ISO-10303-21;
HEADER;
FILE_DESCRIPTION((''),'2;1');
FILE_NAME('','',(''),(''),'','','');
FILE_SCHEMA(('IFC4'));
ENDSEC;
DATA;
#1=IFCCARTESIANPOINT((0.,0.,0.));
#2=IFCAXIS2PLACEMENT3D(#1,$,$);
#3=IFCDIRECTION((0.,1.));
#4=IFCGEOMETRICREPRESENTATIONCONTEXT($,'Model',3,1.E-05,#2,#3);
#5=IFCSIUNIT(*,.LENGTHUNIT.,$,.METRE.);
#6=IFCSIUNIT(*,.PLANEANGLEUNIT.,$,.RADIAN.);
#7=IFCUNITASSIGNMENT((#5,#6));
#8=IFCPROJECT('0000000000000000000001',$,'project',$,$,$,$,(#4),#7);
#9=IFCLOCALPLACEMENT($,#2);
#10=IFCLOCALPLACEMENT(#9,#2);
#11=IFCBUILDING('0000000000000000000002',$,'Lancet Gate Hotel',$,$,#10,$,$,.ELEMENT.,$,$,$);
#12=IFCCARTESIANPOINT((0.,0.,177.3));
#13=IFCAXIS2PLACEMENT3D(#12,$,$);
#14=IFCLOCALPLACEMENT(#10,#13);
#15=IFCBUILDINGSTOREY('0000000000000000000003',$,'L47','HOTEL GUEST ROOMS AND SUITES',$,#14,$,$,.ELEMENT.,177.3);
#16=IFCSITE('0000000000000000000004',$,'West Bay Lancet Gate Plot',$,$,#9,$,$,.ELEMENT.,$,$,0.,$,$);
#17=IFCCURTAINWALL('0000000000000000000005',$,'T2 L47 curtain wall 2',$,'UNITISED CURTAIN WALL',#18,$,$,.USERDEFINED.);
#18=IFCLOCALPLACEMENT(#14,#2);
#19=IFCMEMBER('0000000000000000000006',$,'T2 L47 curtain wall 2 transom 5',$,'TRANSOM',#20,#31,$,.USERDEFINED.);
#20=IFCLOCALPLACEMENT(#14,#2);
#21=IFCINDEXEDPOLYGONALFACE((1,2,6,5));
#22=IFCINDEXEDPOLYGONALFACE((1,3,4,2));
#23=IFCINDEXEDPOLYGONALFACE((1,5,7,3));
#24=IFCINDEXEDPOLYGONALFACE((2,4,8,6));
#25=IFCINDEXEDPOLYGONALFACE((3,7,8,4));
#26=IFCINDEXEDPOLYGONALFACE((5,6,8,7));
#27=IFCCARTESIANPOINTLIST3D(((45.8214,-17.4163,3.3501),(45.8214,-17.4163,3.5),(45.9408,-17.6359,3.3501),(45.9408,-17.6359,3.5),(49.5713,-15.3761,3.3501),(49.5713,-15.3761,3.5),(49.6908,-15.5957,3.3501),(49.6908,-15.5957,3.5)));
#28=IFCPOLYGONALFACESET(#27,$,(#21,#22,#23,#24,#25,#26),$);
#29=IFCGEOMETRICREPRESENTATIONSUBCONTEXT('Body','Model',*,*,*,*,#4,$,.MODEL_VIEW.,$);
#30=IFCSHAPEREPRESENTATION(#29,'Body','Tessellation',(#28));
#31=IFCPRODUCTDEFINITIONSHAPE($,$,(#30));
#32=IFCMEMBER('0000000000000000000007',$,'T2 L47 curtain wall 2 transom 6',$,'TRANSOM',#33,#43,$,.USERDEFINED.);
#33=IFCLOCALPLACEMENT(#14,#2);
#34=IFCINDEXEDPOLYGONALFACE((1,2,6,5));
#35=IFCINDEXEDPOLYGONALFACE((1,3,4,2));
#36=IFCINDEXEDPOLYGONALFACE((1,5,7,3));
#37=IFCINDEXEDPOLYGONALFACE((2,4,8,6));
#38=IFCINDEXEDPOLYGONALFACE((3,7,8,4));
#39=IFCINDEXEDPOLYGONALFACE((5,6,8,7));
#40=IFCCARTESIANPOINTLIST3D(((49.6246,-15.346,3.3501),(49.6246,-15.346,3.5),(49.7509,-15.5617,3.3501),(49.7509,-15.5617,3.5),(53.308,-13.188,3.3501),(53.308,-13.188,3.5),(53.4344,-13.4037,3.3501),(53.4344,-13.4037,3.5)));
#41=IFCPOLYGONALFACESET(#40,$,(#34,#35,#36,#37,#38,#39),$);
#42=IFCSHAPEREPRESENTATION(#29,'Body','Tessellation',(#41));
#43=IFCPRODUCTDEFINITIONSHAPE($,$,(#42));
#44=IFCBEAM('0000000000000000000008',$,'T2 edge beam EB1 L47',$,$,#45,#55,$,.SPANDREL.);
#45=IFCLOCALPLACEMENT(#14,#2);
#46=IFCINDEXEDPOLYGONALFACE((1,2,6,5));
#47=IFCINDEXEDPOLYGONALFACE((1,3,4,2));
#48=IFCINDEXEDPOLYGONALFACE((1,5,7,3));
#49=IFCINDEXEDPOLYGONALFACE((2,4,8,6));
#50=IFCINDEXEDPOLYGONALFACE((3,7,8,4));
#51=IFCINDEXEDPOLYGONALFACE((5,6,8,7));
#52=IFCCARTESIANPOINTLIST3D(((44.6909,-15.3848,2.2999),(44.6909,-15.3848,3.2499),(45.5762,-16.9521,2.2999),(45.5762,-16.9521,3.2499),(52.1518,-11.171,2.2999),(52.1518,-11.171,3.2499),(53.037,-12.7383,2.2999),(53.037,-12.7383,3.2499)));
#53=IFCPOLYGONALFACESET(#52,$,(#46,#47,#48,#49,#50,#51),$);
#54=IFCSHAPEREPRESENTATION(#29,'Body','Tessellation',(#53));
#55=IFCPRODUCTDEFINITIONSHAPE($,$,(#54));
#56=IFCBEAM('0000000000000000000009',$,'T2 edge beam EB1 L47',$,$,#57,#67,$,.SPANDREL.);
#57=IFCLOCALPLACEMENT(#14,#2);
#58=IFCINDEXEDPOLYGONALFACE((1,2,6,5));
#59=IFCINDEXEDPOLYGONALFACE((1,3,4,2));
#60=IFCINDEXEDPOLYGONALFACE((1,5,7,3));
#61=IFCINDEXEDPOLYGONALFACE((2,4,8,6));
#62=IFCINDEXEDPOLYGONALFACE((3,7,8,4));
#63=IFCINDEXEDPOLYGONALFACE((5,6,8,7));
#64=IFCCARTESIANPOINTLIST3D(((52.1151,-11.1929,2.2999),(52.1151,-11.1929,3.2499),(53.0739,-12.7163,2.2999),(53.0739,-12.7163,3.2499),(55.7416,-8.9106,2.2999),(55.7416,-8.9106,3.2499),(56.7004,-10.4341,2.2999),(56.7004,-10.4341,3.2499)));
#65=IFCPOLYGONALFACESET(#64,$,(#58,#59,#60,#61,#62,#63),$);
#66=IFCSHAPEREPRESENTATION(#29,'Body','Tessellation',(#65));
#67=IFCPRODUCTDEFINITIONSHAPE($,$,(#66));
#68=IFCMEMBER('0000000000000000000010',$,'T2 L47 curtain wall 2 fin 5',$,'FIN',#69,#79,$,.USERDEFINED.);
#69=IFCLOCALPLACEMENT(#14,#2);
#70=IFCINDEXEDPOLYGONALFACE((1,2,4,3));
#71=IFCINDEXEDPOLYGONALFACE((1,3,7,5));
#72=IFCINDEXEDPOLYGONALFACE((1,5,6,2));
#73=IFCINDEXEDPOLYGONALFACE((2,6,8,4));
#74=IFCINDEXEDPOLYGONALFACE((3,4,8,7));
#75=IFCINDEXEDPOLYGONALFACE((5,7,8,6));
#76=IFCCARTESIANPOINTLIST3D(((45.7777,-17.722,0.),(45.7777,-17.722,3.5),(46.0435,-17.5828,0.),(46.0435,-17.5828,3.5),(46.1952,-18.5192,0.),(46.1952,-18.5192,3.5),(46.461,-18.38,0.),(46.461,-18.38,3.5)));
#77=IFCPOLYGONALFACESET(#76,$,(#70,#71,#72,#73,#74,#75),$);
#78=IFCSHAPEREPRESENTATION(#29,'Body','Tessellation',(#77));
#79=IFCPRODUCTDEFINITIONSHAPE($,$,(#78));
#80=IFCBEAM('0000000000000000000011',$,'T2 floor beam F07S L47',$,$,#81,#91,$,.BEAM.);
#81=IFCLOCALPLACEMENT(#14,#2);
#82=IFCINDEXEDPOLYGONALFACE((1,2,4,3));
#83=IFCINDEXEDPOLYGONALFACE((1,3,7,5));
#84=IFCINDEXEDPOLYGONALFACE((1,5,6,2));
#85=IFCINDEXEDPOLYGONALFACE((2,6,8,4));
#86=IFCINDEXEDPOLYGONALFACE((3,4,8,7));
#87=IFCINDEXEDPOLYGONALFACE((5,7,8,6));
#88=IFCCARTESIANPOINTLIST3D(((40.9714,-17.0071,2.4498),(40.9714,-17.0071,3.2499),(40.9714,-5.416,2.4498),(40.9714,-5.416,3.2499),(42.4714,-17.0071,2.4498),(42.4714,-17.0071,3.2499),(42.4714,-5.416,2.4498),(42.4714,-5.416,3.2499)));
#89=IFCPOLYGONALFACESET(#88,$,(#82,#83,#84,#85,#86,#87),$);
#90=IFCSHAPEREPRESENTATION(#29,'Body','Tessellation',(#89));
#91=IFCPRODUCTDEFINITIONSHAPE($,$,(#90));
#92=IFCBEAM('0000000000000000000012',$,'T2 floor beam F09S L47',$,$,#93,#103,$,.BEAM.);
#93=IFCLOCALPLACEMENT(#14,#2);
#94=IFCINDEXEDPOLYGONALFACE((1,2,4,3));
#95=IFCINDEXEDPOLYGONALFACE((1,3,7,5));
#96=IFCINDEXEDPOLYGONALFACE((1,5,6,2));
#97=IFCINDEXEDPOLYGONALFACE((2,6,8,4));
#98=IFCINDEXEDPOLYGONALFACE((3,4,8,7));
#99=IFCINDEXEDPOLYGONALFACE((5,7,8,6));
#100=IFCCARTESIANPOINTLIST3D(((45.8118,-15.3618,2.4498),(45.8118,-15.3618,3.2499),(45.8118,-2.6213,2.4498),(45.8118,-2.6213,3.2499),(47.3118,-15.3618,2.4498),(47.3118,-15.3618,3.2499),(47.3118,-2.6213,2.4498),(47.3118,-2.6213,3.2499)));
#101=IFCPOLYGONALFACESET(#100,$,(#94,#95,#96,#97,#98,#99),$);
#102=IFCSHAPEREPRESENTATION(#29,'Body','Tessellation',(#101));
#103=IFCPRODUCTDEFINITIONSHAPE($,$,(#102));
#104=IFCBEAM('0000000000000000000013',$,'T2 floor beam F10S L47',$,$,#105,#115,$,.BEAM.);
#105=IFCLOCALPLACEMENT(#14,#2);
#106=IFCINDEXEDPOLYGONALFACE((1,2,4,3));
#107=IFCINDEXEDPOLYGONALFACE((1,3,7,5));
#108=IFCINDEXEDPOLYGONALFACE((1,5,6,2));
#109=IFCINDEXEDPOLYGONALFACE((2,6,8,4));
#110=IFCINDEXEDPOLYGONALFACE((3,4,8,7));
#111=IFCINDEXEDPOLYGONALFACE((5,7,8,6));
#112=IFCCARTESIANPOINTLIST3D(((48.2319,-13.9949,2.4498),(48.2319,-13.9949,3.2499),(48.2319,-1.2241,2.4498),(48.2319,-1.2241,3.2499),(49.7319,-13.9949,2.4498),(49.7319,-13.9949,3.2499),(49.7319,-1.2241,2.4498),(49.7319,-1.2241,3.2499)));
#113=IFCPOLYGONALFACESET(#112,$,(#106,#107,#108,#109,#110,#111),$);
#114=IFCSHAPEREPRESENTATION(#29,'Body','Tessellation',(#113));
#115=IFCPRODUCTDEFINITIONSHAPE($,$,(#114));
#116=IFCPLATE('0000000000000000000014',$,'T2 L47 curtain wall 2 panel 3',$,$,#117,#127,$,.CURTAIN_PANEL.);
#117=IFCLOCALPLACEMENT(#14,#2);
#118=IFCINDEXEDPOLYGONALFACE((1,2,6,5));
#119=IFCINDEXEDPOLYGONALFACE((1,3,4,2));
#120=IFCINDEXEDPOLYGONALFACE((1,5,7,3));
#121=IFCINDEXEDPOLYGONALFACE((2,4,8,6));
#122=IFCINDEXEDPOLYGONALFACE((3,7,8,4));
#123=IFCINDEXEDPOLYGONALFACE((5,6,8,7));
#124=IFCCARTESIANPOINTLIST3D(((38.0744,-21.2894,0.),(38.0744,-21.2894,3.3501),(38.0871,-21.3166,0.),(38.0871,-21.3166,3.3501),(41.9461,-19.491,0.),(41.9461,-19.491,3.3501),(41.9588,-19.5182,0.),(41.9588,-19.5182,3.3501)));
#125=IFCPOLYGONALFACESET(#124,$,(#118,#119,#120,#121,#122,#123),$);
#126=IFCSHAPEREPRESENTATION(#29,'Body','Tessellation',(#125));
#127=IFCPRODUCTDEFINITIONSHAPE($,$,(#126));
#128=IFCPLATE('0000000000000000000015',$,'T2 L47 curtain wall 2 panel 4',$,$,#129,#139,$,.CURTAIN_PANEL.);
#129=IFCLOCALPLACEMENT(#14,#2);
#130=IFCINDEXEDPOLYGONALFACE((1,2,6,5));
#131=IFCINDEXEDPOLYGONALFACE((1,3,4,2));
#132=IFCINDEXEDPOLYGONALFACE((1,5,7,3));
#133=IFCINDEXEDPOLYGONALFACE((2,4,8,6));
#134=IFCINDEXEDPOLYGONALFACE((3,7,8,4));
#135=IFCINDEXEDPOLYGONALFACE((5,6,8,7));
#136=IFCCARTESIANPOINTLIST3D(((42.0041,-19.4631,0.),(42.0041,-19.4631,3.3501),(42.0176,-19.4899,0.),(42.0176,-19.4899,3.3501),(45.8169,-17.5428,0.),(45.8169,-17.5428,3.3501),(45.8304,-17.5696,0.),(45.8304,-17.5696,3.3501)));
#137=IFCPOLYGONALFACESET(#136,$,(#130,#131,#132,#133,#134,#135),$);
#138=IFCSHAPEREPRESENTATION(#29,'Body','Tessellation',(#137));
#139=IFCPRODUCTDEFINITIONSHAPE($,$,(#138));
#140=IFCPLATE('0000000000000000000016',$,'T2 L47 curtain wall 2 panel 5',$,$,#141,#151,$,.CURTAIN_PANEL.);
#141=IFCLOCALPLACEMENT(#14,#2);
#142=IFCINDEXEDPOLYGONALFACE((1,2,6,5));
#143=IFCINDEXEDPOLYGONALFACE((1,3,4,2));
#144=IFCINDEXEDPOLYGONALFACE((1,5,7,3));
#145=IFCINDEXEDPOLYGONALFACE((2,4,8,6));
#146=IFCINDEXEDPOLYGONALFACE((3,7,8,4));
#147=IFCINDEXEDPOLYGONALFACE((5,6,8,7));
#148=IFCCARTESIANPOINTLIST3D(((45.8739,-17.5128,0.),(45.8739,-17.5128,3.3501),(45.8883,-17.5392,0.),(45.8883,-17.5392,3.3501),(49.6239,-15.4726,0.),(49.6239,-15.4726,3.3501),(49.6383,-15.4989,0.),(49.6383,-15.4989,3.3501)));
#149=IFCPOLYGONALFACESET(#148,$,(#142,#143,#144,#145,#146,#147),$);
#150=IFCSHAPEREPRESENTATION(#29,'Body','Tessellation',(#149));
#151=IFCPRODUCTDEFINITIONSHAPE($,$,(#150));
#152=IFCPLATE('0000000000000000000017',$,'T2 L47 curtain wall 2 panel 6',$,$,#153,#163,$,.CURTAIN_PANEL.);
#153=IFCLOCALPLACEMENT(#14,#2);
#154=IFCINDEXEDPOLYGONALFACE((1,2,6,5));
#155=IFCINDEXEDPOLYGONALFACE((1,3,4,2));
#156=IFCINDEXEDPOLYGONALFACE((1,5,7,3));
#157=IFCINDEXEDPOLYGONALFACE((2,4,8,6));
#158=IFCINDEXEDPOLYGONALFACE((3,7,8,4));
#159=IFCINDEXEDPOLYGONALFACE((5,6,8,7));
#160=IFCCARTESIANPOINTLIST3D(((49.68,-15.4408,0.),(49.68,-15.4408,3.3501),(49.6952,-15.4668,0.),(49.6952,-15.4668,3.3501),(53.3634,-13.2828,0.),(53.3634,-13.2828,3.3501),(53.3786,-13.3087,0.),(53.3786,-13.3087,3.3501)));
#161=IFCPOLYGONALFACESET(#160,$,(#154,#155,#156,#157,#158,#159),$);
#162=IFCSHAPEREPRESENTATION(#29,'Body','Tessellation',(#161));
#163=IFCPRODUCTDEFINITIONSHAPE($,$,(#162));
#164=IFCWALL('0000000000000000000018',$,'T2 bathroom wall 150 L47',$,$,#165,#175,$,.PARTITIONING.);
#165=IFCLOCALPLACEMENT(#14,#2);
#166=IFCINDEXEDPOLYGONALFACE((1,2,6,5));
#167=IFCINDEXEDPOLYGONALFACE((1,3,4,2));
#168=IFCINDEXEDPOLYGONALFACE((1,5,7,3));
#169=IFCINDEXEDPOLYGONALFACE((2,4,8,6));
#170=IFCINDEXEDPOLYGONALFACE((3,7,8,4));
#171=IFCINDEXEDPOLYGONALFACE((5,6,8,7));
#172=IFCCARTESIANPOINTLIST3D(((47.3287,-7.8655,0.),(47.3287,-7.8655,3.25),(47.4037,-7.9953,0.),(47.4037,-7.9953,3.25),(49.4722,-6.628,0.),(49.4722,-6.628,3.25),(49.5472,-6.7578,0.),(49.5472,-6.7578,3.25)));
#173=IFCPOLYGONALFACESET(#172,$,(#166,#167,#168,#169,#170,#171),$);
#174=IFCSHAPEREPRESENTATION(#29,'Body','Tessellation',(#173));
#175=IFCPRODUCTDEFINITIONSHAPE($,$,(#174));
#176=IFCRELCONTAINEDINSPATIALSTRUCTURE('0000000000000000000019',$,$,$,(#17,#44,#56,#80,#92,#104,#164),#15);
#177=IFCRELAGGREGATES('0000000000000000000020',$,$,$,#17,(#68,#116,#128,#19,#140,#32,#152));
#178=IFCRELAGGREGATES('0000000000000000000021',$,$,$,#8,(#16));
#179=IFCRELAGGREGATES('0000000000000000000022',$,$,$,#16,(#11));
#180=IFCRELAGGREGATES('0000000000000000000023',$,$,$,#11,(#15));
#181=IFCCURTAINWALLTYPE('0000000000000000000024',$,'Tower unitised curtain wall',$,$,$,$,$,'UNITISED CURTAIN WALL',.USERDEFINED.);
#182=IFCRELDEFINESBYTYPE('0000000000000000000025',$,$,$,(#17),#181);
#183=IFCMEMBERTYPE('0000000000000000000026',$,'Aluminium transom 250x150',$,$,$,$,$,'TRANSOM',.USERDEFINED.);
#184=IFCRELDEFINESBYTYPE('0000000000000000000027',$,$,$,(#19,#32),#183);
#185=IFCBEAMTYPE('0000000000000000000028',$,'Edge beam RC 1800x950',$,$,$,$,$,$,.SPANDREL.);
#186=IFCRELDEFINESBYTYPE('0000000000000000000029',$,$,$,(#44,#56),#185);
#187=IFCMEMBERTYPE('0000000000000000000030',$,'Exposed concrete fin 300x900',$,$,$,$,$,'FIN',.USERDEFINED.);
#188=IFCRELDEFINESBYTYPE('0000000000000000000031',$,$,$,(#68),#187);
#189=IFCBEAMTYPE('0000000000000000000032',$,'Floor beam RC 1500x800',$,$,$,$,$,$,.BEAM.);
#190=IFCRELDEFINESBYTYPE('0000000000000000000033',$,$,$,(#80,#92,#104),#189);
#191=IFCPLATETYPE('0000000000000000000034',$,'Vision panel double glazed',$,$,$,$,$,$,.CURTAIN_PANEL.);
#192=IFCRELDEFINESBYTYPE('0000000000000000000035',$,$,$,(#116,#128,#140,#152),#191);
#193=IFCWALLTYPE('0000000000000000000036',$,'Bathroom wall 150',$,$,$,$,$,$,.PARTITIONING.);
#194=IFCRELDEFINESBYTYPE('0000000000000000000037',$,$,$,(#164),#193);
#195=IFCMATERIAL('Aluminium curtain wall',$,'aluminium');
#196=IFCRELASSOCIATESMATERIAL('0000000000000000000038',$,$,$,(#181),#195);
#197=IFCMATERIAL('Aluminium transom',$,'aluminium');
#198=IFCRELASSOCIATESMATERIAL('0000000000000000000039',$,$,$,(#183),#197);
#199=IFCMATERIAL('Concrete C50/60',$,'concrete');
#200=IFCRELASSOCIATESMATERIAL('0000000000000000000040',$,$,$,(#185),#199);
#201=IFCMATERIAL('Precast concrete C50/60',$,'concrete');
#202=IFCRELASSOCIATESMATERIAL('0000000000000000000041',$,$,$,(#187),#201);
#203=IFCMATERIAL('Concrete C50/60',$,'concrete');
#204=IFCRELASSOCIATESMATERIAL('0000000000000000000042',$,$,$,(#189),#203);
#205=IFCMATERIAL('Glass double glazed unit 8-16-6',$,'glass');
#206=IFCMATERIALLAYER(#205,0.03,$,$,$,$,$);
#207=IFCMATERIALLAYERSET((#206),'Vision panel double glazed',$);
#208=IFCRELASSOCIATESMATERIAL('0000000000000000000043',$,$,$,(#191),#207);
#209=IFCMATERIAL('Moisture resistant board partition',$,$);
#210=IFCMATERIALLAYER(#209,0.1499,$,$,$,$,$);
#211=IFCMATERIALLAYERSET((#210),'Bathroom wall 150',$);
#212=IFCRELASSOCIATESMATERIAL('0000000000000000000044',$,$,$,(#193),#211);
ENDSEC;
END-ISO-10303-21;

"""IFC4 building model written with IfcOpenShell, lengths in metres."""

from ifc_helpers import new_model, si_unit, direction, frame, frame_2d, origin, origin_2d, place, context, subcontext, project, spatial, rectangle, extrude, material, layer, layer_set, material_profile, profile_set, type_object, element, aggregate, save


model = new_model("IFC4")

# Units and contexts
model_context = context("Model", 3, precision=1e-05, world=origin(), true_north=direction((0.0, 1.0)))
body_context = subcontext(model_context, "Body", "Model", "MODEL_VIEW")
ifc_project = project(units=[si_unit("LENGTHUNIT", "METRE"), si_unit("PLANEANGLEUNIT", "RADIAN")], contexts=[model_context])

# Site, building, storey
site_placement = place(None, origin())
site = spatial("IfcSite", under=ifc_project, at=site_placement, Name="West Bay Lancet Gate Plot", CompositionType="ELEMENT", RefElevation=0.0)
building_placement = place(site_placement, origin())
building = spatial("IfcBuilding", under=site, at=building_placement, Name="Lancet Gate Hotel", CompositionType="ELEMENT")
storey_placement = place(building_placement, frame((0.0, 0.0, 177.3)))
storey = spatial("IfcBuildingStorey", under=building, at=storey_placement, Name="L47", Description="HOTEL GUEST ROOMS AND SUITES", CompositionType="ELEMENT", Elevation=177.3)

# Curtain wall, members
ifc_material_1 = material(Name="Aluminium curtain wall", Category="aluminium")
curtain_wall_type = type_object("IfcCurtainWallType", Name="Tower unitised curtain wall", ElementType="UNITISED CURTAIN WALL", PredefinedType="USERDEFINED", material=ifc_material_1)
curtain_wall_placement = place(storey_placement, origin())
curtain_wall = element("IfcCurtainWall", 1, at=curtain_wall_placement, inside=storey, type_object=curtain_wall_type, Name="T2 L47 curtain wall 2", ObjectType="UNITISED CURTAIN WALL", PredefinedType="USERDEFINED")
ifc_material_2 = material(Name="Aluminium transom", Category="aluminium")
ifc_material_profile_1 = material_profile(ifc_material_2, rectangle(XDim=0.25, YDim=0.1499, at=origin_2d()), Name="TRANSOM 250x150")
ifc_profile_set_1 = profile_set([ifc_material_profile_1], Name="Aluminium transom")
member_type_1 = type_object("IfcMemberType", Name="Aluminium transom 250x150", ElementType="TRANSOM", PredefinedType="USERDEFINED", material=ifc_profile_set_1)
member_1_placement = place(storey_placement, frame((45.8811, -17.5261, 3.425), z_axis=(0.878404, 0.477918, 0.0), x_axis=(-0.477918, 0.878404, 0.0)))
member_1 = element("IfcMember", 2, at=member_1_placement, type_object=member_type_1, Name="T2 L47 curtain wall 2 transom 5", ObjectType="TRANSOM", PredefinedType="USERDEFINED", context=body_context, shape_type="SweptSolid", body=[
    extrude(rectangle(XDim=0.25, YDim=0.1499, at=origin_2d()), origin(), (0.0, 0.0, 1.0), 4.269),
])
member_2_placement = place(storey_placement, frame((49.6877, -15.4539, 3.425), z_axis=(0.862825, 0.505502, 0.0), x_axis=(-0.505502, 0.862825, 0.0)))
member_2 = element("IfcMember", 3, at=member_2_placement, type_object=member_type_1, Name="T2 L47 curtain wall 2 transom 6", ObjectType="TRANSOM", PredefinedType="USERDEFINED", context=body_context, shape_type="SweptSolid", body=[
    extrude(rectangle(XDim=0.25, YDim=0.1499, at=origin_2d()), origin(), (0.0, 0.0, 1.0), 4.269),
])

# Beams
ifc_material_3 = material(Name="Concrete C50/60", Category="concrete")
ifc_material_profile_2 = material_profile(ifc_material_3, rectangle(XDim=1.8, YDim=0.95, at=origin_2d()), Name="RC 1800x950")
ifc_profile_set_2 = profile_set([ifc_material_profile_2], Name="Concrete C50/60")
beam_type_1 = type_object("IfcBeamType", Name="Edge beam RC 1800x950", PredefinedType="SPANDREL", material=ifc_profile_set_2)
beam_1_placement = place(storey_placement, frame((45.1335, -16.1685, 2.7749), z_axis=(0.870722, 0.491776, 0.0), x_axis=(-0.491776, 0.870722, 0.0)))
element("IfcBeam", 4, at=beam_1_placement, inside=storey, type_object=beam_type_1, Name="T2 edge beam EB1 L47", PredefinedType="SPANDREL", context=body_context, shape_type="SweptSolid", body=[
    extrude(rectangle(XDim=1.8, YDim=0.95, at=origin_2d()), origin(), (0.0, 0.0, 1.0), 8.5686),
])
beam_2_placement = place(storey_placement, frame((52.5945, -11.9546, 2.7749), z_axis=(0.846349, 0.532629, 0.0), x_axis=(-0.532629, 0.846349, 0.0)))
element("IfcBeam", 5, at=beam_2_placement, inside=storey, type_object=beam_type_1, Name="T2 edge beam EB1 L47", PredefinedType="SPANDREL", context=body_context, shape_type="SweptSolid", body=[
    extrude(rectangle(XDim=1.8, YDim=0.95, at=origin_2d()), origin(), (0.0, 0.0, 1.0), 4.2849),
])

# Member
ifc_material_4 = material(Name="Precast concrete C50/60", Category="concrete")
ifc_material_profile_3 = material_profile(ifc_material_4, rectangle(XDim=0.3, YDim=0.8999, at=origin_2d()), Name="FIN 300x900")
ifc_profile_set_3 = profile_set([ifc_material_profile_3], Name="Precast concrete C50/60")
member_type_2 = type_object("IfcMemberType", Name="Exposed concrete fin 300x900", ElementType="FIN", PredefinedType="USERDEFINED", material=ifc_profile_set_3)
member_3_placement = place(storey_placement, frame((46.1194, -18.051, 0.0), z_axis=(0.0, 0.0, 1.0), x_axis=(0.885877, 0.46392, 0.0)))
member_3 = element("IfcMember", 6, at=member_3_placement, type_object=member_type_2, Name="T2 L47 curtain wall 2 fin 5", ObjectType="FIN", PredefinedType="USERDEFINED", context=body_context, shape_type="SweptSolid", body=[
    extrude(rectangle(XDim=0.3, YDim=0.8999, at=origin_2d()), origin(), (0.0, 0.0, 1.0), 3.5),
])

# Beams
ifc_material_5 = material(Name="Concrete C50/60", Category="concrete")
ifc_material_profile_4 = material_profile(ifc_material_5, rectangle(XDim=1.5, YDim=0.8, at=origin_2d()), Name="RC 1500x800")
ifc_profile_set_4 = profile_set([ifc_material_profile_4], Name="Concrete C50/60")
beam_type_2 = type_object("IfcBeamType", Name="Floor beam RC 1500x800", PredefinedType="BEAM", material=ifc_profile_set_4)
beam_3_placement = place(storey_placement, frame((41.7214, -17.0071, 2.8499), z_axis=(0.0, 1.0, 0.0), x_axis=(-1.0, 0.0, 0.0)))
element("IfcBeam", 7, at=beam_3_placement, inside=storey, type_object=beam_type_2, Name="T2 floor beam F07S L47", PredefinedType="BEAM", context=body_context, shape_type="SweptSolid", body=[
    extrude(rectangle(XDim=1.5, YDim=0.8, at=origin_2d()), origin(), (0.0, 0.0, 1.0), 11.5911),
])
beam_4_placement = place(storey_placement, frame((46.5618, -15.3618, 2.8499), z_axis=(0.0, 1.0, 0.0), x_axis=(-1.0, 0.0, 0.0)))
element("IfcBeam", 8, at=beam_4_placement, inside=storey, type_object=beam_type_2, Name="T2 floor beam F09S L47", PredefinedType="BEAM", context=body_context, shape_type="SweptSolid", body=[
    extrude(rectangle(XDim=1.5, YDim=0.8, at=origin_2d()), origin(), (0.0, 0.0, 1.0), 12.7405),
])
beam_5_placement = place(storey_placement, frame((48.9819, -13.9949, 2.8499), z_axis=(0.0, 1.0, 0.0), x_axis=(-1.0, 0.0, 0.0)))
element("IfcBeam", 9, at=beam_5_placement, inside=storey, type_object=beam_type_2, Name="T2 floor beam F10S L47", PredefinedType="BEAM", context=body_context, shape_type="SweptSolid", body=[
    extrude(rectangle(XDim=1.5, YDim=0.8, at=origin_2d()), origin(), (0.0, 0.0, 1.0), 12.7708),
])

# Plates
ifc_material_6 = material(Name="Glass double glazed unit 8-16-6", Category="glass")
ifc_layer_1 = layer(ifc_material_6, 0.03)
ifc_layer_set_1 = layer_set([ifc_layer_1], Name="Vision panel double glazed")
plate_type = type_object("IfcPlateType", Name="Vision panel double glazed", PredefinedType="CURTAIN_PANEL", material=ifc_layer_set_1)
plate_1_placement = place(storey_placement, frame((40.0166, -20.4038, 0.0), z_axis=(0.0, 0.0, 1.0), x_axis=(0.906935, 0.421271, 0.0)))
plate_1 = element("IfcPlate", 10, at=plate_1_placement, type_object=plate_type, Name="T2 L47 curtain wall 2 panel 3", PredefinedType="CURTAIN_PANEL", context=body_context, shape_type="SweptSolid", body=[
    extrude(rectangle(XDim=4.269, YDim=0.03, at=origin_2d()), origin(), (0.0, 0.0, 1.0), 3.3501),
])
plate_2_placement = place(storey_placement, frame((43.9172, -18.5164, 0.0), z_axis=(0.0, 0.0, 1.0), x_axis=(0.893121, 0.449816, 0.0)))
plate_2 = element("IfcPlate", 11, at=plate_2_placement, type_object=plate_type, Name="T2 L47 curtain wall 2 panel 4", PredefinedType="CURTAIN_PANEL", context=body_context, shape_type="SweptSolid", body=[
    extrude(rectangle(XDim=4.269, YDim=0.03, at=origin_2d()), origin(), (0.0, 0.0, 1.0), 3.3501),
])
plate_3_placement = place(storey_placement, frame((47.7561, -16.5059, 0.0), z_axis=(0.0, 0.0, 1.0), x_axis=(0.87841, 0.477908, 0.0)))
plate_3 = element("IfcPlate", 12, at=plate_3_placement, type_object=plate_type, Name="T2 L47 curtain wall 2 panel 5", PredefinedType="CURTAIN_PANEL", context=body_context, shape_type="SweptSolid", body=[
    extrude(rectangle(XDim=4.269, YDim=0.03, at=origin_2d()), origin(), (0.0, 0.0, 1.0), 3.3501),
])
plate_4_placement = place(storey_placement, frame((51.5293, -14.3748, 0.0), z_axis=(0.0, 0.0, 1.0), x_axis=(0.862815, 0.50552, 0.0)))
plate_4 = element("IfcPlate", 13, at=plate_4_placement, type_object=plate_type, Name="T2 L47 curtain wall 2 panel 6", PredefinedType="CURTAIN_PANEL", context=body_context, shape_type="SweptSolid", body=[
    extrude(rectangle(XDim=4.269, YDim=0.03, at=origin_2d()), origin(), (0.0, 0.0, 1.0), 3.3501),
])
aggregate(curtain_wall, [member_3, plate_1, plate_2, member_1, plate_3, member_2, plate_4])

# Wall
ifc_material_7 = material(Name="Moisture resistant board partition")
ifc_layer_2 = layer(ifc_material_7, 0.1499)
ifc_layer_set_2 = layer_set([ifc_layer_2], Name="Bathroom wall 150")
wall_type_1 = type_object("IfcWallType", Name="Bathroom wall 150", PredefinedType="PARTITIONING", material=ifc_layer_set_2)
wall_1_placement = place(storey_placement, frame((47.3662, -7.9304, 0.0), z_axis=(0.0, 0.0, 1.0), x_axis=(0.866031, 0.49999, 0.0)))
element("IfcWall", 14, at=wall_1_placement, inside=storey, type_object=wall_type_1, Name="T2 bathroom wall 150 L47", PredefinedType="PARTITIONING", context=body_context, shape_type="SweptSolid", body=[
    extrude(rectangle(XDim=2.4751, YDim=0.1499, at=frame_2d((1.2375, 0.0))), origin(), (0.0, 0.0, 1.0), 3.25),
])

save(model, "model.ifc")
